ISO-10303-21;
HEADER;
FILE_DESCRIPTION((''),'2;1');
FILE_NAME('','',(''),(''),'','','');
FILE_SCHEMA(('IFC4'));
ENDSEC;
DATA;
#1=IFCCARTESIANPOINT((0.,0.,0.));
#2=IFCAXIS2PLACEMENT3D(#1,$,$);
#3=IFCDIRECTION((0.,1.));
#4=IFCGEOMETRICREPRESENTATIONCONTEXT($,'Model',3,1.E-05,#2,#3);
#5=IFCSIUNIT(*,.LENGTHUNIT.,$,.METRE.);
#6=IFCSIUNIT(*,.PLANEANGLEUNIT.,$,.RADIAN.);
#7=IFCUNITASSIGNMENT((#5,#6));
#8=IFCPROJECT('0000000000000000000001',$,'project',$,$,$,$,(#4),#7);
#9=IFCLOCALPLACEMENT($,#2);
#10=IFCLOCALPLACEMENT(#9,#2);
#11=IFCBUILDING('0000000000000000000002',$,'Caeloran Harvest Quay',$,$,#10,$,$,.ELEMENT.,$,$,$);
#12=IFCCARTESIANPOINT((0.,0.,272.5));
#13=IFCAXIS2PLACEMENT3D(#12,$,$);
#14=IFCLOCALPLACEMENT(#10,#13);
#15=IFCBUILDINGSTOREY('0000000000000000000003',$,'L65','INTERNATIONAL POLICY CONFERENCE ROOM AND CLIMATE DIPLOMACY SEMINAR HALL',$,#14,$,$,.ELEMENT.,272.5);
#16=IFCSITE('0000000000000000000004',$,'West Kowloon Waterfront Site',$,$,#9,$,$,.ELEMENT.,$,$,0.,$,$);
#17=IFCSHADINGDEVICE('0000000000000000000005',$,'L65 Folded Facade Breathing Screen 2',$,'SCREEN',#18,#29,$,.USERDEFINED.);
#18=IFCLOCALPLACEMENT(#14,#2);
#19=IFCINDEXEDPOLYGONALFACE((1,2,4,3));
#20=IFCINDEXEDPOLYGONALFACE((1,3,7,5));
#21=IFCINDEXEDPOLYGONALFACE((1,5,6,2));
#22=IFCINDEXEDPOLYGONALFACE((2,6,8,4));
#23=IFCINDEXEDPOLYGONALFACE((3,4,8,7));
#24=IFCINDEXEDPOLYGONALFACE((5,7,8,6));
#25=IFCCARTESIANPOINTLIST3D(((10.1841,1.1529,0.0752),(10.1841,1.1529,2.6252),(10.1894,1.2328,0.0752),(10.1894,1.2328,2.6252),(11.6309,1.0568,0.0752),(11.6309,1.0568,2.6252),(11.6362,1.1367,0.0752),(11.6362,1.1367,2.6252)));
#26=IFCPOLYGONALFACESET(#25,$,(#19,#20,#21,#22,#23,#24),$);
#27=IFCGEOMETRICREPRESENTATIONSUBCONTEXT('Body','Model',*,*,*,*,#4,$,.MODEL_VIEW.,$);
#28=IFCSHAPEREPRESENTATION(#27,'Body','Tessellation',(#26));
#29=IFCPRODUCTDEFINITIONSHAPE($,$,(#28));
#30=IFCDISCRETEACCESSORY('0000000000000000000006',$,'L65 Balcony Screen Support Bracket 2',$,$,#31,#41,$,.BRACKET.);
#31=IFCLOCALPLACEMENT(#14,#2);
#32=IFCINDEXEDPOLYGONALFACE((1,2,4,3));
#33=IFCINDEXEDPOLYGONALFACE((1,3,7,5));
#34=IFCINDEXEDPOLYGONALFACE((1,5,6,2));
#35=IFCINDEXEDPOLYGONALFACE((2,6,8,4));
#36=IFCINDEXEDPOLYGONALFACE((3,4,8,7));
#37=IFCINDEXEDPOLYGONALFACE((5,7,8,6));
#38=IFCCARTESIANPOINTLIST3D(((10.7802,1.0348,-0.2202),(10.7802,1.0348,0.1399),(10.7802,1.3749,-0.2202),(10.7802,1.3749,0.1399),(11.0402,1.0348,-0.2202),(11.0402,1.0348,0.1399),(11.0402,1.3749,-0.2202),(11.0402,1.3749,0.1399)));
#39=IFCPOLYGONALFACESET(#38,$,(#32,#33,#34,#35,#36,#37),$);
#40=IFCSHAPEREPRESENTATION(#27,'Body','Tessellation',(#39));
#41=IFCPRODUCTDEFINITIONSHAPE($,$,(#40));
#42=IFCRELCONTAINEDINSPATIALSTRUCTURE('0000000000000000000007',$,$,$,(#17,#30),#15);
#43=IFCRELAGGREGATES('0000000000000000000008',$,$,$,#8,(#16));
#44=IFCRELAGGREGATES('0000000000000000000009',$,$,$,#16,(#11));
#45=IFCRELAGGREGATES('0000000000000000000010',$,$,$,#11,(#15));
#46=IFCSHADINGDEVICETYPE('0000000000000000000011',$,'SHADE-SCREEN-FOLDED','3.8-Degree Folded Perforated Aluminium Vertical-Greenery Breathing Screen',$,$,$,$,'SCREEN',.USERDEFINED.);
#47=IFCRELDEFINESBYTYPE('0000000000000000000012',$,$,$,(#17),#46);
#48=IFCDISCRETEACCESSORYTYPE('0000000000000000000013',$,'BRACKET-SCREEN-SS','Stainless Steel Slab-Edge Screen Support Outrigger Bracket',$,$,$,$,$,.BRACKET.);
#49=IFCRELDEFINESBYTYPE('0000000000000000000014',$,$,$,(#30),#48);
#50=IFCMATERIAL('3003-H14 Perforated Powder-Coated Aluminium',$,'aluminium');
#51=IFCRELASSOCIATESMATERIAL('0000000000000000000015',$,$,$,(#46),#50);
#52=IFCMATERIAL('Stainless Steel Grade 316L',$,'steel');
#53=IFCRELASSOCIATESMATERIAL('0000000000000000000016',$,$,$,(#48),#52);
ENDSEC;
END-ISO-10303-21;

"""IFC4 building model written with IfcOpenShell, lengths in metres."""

from ifc_helpers import new_model, si_unit, direction, frame, origin, origin_2d, place, context, subcontext, project, spatial, rectangle, extrude, material, type_object, element, save


model = new_model("IFC4")

# Units and contexts
model_context = context("Model", 3, precision=1e-05, world=origin(), true_north=direction((0.0, 1.0)))
body_context = subcontext(model_context, "Body", "Model", "MODEL_VIEW")
ifc_project = project(units=[si_unit("LENGTHUNIT", "METRE"), si_unit("PLANEANGLEUNIT", "RADIAN")], contexts=[model_context])

# Site, building, storey
site_placement = place(None, origin())
site = spatial("IfcSite", under=ifc_project, at=site_placement, Name="West Kowloon Waterfront Site", CompositionType="ELEMENT", RefElevation=0.0)
building_placement = place(site_placement, origin())
building = spatial("IfcBuilding", under=site, at=building_placement, Name="Caeloran Harvest Quay", CompositionType="ELEMENT")
storey_placement = place(building_placement, frame((0.0, 0.0, 272.5)))
storey = spatial("IfcBuildingStorey", under=building, at=storey_placement, Name="L65", Description="INTERNATIONAL POLICY CONFERENCE ROOM AND CLIMATE DIPLOMACY SEMINAR HALL", CompositionType="ELEMENT", Elevation=272.5)

# Shading device
ifc_material_1 = material(Name="3003-H14 Perforated Powder-Coated Aluminium", Category="aluminium")
shading_device_type = type_object("IfcShadingDeviceType", Name="SHADE-SCREEN-FOLDED", Description="3.8-Degree Folded Perforated Aluminium Vertical-Greenery Breathing Screen", ElementType="SCREEN", PredefinedType="USERDEFINED", material=ifc_material_1)
shading_device_placement = place(storey_placement, frame((10.9102, 1.1448, 0.0752), z_axis=(0.0, 0.0, 1.0), x_axis=(0.997801, -0.066274, 0.0)))
element("IfcShadingDevice", 1, at=shading_device_placement, inside=storey, type_object=shading_device_type, Name="L65 Folded Facade Breathing Screen 2", ObjectType="SCREEN", PredefinedType="USERDEFINED", context=body_context, shape_type="SweptSolid", body=[
    extrude(rectangle(XDim=1.45, YDim=0.0801, at=origin_2d()), origin(), (0.0, 0.0, 1.0), 2.55),
])

# Discrete accessory
ifc_material_2 = material(Name="Stainless Steel Grade 316L", Category="steel")
discrete_accessory_type = type_object("IfcDiscreteAccessoryType", Name="BRACKET-SCREEN-SS", Description="Stainless Steel Slab-Edge Screen Support Outrigger Bracket", PredefinedType="BRACKET", material=ifc_material_2)
discrete_accessory_placement = place(storey_placement, frame((10.9102, 1.2048, -0.2202), z_axis=(0.0, 0.0, 1.0), x_axis=(1.0, 0.0, 0.0)))
element("IfcDiscreteAccessory", 2, at=discrete_accessory_placement, inside=storey, type_object=discrete_accessory_type, Name="L65 Balcony Screen Support Bracket 2", PredefinedType="BRACKET", context=body_context, shape_type="SweptSolid", body=[
    extrude(rectangle(XDim=0.26, YDim=0.3401, at=origin_2d()), origin(), (0.0, 0.0, 1.0), 0.3601),
])

save(model, "model.ifc")
